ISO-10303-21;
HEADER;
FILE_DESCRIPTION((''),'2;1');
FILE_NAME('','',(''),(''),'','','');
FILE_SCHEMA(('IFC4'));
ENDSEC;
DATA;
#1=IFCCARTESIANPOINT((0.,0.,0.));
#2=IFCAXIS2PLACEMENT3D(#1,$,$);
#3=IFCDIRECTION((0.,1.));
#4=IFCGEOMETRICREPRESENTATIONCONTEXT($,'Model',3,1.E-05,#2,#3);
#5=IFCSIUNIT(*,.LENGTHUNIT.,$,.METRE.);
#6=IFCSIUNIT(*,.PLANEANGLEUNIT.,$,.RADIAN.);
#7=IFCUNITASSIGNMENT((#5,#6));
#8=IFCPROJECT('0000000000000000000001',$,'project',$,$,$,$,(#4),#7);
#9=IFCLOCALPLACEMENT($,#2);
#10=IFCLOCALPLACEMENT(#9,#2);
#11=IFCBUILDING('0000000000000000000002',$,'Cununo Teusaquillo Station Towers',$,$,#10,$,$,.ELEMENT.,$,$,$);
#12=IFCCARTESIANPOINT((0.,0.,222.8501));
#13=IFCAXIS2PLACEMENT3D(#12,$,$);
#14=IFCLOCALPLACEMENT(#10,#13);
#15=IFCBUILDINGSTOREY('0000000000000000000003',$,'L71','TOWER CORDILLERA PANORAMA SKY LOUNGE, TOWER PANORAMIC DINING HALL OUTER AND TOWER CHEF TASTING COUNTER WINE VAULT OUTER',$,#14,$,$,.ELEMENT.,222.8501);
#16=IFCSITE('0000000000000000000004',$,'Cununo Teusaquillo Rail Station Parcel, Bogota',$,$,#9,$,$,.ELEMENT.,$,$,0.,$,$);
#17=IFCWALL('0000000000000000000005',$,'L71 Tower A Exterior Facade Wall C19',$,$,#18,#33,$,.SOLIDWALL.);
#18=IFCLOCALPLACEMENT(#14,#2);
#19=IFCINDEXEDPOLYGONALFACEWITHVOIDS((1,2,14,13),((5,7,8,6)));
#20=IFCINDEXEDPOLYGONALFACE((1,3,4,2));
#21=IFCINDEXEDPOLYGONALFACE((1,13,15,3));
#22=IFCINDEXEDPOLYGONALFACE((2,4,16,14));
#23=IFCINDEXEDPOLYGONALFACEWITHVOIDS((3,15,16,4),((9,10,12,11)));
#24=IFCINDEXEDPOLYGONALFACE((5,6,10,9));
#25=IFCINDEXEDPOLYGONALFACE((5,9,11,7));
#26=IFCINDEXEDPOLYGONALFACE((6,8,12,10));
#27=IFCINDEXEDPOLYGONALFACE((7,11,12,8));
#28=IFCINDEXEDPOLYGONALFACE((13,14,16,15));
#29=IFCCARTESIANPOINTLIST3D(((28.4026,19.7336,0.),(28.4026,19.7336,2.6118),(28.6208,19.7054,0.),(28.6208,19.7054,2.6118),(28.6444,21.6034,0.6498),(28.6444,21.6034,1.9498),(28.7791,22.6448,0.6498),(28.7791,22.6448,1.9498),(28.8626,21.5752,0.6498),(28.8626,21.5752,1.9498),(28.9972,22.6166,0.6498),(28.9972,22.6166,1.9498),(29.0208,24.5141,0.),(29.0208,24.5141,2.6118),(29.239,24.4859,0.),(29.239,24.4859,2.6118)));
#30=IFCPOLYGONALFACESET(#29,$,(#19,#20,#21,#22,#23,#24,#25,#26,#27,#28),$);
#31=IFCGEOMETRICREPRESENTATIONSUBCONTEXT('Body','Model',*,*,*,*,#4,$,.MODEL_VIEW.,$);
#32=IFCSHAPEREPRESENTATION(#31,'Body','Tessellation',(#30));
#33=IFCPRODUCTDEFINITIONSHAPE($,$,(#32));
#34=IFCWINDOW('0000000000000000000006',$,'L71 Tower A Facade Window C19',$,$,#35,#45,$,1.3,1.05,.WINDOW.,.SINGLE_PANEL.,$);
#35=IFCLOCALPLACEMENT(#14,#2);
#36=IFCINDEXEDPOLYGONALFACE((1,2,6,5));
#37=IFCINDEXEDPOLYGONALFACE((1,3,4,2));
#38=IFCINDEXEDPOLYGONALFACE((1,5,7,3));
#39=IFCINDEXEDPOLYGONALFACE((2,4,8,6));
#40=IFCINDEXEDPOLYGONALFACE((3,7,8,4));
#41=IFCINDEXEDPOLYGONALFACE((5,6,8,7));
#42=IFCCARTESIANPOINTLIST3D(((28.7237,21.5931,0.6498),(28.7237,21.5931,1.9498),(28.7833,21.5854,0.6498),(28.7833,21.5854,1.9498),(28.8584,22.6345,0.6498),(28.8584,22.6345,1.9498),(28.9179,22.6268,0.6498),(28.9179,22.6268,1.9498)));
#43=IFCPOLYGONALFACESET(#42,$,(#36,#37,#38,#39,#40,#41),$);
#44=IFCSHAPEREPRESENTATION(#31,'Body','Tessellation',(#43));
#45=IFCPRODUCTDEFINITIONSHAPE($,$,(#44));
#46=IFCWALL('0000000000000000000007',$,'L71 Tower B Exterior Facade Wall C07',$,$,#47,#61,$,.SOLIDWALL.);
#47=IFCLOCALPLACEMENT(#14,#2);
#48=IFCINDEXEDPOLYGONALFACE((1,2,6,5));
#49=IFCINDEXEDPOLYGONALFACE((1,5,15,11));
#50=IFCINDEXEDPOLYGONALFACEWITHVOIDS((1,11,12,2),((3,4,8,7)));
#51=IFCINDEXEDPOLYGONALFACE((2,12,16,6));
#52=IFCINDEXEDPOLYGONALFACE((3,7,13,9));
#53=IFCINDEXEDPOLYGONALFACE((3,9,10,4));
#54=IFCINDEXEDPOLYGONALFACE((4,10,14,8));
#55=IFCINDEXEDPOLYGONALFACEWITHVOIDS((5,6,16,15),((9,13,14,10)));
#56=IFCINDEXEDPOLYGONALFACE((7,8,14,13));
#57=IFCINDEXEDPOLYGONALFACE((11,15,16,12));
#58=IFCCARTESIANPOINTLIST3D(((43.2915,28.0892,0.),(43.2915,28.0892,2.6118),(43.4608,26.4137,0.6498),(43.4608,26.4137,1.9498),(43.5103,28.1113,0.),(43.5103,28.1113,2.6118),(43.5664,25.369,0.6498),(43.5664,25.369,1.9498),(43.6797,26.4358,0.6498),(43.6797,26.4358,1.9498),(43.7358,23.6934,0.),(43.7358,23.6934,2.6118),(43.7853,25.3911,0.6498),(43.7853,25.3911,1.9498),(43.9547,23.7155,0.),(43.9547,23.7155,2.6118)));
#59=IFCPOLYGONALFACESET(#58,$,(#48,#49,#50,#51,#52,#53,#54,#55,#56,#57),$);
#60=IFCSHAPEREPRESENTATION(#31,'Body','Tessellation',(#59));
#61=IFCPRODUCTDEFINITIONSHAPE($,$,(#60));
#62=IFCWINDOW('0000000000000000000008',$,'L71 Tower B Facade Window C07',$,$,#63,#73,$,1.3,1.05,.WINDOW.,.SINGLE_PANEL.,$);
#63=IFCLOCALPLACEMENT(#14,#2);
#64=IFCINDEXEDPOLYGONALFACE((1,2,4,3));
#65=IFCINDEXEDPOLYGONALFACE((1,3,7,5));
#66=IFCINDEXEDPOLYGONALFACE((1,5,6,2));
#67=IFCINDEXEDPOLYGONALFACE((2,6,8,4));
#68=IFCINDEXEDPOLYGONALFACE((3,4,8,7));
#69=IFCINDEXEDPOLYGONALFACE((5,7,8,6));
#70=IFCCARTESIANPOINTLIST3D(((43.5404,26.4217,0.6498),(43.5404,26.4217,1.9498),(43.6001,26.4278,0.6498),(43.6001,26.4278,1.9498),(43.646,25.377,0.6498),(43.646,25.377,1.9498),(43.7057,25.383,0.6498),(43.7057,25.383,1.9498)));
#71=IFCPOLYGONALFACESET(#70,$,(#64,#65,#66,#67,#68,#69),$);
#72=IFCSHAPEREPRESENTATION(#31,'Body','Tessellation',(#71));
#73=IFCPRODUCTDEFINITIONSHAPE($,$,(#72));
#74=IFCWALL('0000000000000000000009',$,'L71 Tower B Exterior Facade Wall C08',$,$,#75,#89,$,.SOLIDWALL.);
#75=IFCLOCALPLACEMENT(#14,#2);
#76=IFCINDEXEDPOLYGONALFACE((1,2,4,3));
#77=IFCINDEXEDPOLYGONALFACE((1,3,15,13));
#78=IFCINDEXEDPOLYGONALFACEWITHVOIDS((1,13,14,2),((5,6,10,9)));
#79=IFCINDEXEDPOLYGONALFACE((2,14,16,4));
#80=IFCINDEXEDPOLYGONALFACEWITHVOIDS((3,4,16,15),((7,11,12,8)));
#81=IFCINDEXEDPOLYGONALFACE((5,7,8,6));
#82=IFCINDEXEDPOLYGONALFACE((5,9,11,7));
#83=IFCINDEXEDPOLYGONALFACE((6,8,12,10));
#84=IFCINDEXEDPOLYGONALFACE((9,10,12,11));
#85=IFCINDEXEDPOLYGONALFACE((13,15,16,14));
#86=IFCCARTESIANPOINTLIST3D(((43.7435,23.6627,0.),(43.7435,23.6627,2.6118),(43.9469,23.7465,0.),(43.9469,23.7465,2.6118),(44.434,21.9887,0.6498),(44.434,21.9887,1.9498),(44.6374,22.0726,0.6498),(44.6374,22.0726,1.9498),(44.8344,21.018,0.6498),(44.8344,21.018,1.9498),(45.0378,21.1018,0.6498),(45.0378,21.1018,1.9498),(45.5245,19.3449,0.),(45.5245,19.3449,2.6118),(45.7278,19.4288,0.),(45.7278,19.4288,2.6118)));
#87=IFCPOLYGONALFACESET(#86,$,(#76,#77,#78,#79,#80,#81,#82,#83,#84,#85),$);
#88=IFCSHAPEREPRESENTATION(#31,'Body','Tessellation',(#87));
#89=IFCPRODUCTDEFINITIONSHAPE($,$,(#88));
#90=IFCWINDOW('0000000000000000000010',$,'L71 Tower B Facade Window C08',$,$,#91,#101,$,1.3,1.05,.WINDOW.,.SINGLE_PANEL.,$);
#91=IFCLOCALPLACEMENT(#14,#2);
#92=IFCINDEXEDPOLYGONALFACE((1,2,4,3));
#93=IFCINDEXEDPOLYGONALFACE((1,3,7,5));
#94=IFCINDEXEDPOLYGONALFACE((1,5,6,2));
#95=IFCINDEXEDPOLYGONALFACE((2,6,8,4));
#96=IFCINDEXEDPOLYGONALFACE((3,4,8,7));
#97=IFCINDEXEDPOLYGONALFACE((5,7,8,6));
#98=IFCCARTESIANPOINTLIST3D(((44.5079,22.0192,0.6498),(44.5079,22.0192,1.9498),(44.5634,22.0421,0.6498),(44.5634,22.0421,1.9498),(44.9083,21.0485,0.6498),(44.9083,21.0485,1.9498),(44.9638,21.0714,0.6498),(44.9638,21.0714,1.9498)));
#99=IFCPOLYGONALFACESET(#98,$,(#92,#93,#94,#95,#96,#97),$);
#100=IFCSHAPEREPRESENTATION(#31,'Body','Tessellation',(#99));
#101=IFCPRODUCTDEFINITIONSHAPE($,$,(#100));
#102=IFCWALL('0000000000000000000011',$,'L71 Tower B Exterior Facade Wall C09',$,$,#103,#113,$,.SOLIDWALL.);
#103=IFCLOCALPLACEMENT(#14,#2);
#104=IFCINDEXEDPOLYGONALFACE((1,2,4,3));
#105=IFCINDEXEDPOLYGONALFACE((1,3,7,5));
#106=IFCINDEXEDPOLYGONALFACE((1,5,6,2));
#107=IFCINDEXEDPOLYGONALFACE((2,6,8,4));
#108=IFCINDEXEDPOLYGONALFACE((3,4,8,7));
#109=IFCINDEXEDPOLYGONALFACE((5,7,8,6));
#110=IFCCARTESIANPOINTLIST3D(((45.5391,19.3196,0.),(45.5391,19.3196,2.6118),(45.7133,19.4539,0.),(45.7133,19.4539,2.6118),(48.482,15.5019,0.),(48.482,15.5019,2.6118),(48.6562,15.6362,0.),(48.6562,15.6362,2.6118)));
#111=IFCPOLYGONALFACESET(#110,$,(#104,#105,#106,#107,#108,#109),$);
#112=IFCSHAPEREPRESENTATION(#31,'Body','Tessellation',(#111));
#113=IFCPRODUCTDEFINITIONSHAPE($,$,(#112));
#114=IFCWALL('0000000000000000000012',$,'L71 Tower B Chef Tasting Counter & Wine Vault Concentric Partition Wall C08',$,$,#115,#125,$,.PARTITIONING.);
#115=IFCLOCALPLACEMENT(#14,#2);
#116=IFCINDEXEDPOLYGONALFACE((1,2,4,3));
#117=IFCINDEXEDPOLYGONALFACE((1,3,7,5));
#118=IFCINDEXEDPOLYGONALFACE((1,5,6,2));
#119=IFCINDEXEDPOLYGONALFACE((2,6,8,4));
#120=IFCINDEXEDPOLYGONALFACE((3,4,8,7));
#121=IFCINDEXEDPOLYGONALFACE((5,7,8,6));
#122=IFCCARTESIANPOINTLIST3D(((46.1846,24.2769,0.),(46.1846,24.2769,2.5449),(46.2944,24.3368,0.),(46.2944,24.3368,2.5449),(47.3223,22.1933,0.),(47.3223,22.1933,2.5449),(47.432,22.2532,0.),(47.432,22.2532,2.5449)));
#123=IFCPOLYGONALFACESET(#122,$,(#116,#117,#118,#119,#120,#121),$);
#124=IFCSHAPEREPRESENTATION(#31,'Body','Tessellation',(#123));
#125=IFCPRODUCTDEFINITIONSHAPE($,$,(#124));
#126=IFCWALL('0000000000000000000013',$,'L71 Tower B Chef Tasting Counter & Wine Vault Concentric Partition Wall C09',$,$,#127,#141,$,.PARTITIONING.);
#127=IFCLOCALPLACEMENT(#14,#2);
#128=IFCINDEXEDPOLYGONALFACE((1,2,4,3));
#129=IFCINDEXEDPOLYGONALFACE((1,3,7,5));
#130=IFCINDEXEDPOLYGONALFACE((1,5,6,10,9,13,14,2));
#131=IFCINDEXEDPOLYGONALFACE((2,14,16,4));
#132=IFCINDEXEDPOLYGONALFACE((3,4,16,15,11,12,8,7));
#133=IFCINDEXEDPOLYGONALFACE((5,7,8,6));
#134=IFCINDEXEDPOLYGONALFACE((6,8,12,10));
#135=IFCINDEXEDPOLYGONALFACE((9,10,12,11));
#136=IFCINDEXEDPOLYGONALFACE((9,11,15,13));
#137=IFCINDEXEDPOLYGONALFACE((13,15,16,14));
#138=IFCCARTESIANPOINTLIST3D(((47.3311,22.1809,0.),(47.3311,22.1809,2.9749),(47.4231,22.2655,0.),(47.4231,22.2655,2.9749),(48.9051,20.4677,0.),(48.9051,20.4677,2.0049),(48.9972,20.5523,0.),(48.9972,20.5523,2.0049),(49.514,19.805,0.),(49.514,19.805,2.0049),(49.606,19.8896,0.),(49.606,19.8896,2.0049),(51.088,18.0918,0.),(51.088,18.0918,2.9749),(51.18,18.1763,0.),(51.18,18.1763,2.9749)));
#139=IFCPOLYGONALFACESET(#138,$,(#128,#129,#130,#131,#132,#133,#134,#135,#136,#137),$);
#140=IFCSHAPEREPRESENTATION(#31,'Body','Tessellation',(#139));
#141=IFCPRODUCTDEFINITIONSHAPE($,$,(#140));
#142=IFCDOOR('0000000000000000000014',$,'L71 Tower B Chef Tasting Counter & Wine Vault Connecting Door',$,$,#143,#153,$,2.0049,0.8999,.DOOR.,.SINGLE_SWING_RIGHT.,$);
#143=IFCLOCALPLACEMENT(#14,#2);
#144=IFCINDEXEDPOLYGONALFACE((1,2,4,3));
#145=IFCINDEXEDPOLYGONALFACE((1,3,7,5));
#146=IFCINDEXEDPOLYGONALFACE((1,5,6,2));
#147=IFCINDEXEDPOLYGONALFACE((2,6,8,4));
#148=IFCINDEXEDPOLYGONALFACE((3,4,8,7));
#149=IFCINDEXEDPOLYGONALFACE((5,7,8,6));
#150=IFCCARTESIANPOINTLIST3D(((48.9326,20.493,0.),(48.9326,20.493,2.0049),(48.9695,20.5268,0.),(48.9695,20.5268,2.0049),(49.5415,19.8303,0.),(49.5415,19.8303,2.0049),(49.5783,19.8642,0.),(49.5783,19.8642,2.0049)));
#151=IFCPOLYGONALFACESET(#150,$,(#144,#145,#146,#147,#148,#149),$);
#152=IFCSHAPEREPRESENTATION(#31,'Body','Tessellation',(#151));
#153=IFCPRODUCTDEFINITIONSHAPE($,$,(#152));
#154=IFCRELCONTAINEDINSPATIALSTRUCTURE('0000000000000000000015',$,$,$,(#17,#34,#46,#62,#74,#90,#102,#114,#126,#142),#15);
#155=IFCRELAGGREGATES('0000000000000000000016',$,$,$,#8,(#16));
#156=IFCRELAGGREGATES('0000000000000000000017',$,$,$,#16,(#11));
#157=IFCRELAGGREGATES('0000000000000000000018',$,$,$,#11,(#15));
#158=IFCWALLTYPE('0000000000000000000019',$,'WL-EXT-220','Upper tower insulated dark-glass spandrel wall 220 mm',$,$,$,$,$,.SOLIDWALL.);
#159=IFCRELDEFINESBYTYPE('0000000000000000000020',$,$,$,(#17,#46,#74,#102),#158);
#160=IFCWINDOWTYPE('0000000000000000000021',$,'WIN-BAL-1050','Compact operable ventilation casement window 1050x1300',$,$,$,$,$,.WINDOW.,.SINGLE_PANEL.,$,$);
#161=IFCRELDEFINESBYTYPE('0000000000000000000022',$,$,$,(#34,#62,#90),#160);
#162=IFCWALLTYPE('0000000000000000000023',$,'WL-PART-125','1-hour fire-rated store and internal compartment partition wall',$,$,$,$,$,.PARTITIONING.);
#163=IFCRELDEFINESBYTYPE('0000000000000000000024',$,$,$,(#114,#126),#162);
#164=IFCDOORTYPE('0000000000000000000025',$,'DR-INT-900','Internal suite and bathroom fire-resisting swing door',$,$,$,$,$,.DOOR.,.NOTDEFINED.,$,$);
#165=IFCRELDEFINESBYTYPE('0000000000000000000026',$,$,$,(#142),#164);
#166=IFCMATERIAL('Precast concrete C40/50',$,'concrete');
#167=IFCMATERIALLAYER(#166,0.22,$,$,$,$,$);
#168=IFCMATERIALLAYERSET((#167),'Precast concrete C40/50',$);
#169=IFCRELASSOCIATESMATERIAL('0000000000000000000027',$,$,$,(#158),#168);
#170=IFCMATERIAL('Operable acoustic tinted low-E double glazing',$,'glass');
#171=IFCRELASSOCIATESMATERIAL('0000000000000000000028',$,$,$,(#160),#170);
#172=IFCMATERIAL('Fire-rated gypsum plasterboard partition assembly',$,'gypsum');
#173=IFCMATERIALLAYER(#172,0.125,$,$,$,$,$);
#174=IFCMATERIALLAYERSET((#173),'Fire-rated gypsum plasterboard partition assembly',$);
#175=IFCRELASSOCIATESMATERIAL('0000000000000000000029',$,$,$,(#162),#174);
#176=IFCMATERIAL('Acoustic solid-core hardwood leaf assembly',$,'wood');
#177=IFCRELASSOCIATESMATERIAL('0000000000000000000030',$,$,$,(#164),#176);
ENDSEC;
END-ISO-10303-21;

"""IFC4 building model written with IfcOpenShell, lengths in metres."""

from ifc_helpers import new_model, si_unit, direction, frame, frame_2d, origin, place, context, subcontext, project, spatial, rectangle, extrude, source, transform, mapped, material, layer, layer_set, type_object, element, fill, save


model = new_model("IFC4")

# Units and contexts
model_context = context("Model", 3, precision=1e-05, world=origin(), true_north=direction((0.0, 1.0)))
body_context = subcontext(model_context, "Body", "Model", "MODEL_VIEW")
ifc_project = project(units=[si_unit("LENGTHUNIT", "METRE"), si_unit("PLANEANGLEUNIT", "RADIAN")], contexts=[model_context])

# Site, building, storey
site_placement = place(None, origin())
site = spatial("IfcSite", under=ifc_project, at=site_placement, Name="Cununo Teusaquillo Rail Station Parcel, Bogota", CompositionType="ELEMENT", RefElevation=0.0)
building_placement = place(site_placement, origin())
building = spatial("IfcBuilding", under=site, at=building_placement, Name="Cununo Teusaquillo Station Towers", CompositionType="ELEMENT")
storey_placement = place(building_placement, frame((0.0, 0.0, 222.8501)))
storey = spatial("IfcBuildingStorey", under=building, at=storey_placement, Name="L71", Description="TOWER CORDILLERA PANORAMA SKY LOUNGE, TOWER PANORAMIC DINING HALL OUTER AND TOWER CHEF TASTING COUNTER WINE VAULT OUTER", CompositionType="ELEMENT", Elevation=222.8501)

# Shared definitions
ifc_material_1 = material(Name="Precast concrete C40/50", Category="concrete")
ifc_layer_1 = layer(ifc_material_1, 0.22)
ifc_layer_set_1 = layer_set([ifc_layer_1], Name="Precast concrete C40/50")
wall_type_1 = type_object("IfcWallType", Name="WL-EXT-220", Description="Upper tower insulated dark-glass spandrel wall 220 mm", PredefinedType="SOLIDWALL", material=ifc_layer_set_1)

# Walls, openings, windows
wall_1_placement = place(storey_placement, frame((29.1299, 24.5, 0.0), z_axis=(0.0, 0.0, 1.0), x_axis=(-0.128241, -0.991743, 0.0)))
wall_1 = element("IfcWall", 1, at=wall_1_placement, inside=storey, type_object=wall_type_1, Name="L71 Tower A Exterior Facade Wall C19", PredefinedType="SOLIDWALL", context=body_context, shape_type="SweptSolid", body=[
    extrude(rectangle(XDim=4.8203, YDim=0.22, at=frame_2d((2.4102, 0.0))), origin(), (0.0, 0.0, 1.0), 2.6118),
])
shared_shape_1 = source(origin(), body_context, "Body", "SweptSolid", [
    extrude(rectangle(XDim=1.05, YDim=1.3, at=frame_2d((0.5249, 0.6499))), frame((0.0, 0.1199, 0.0), z_axis=(0.0, -1.0, 0.0), x_axis=(1.0, 0.0, 0.0)), (0.0, 0.0, 1.0), 0.24),
])
opening_1_placement = place(wall_1_placement, frame((1.885, 0.0, 0.6499)))
opening_1 = element("IfcOpeningElement", 2, at=opening_1_placement, cuts=wall_1, PredefinedType="OPENING", context=body_context, shape_type="MappedRepresentation", body=[
    mapped(shared_shape_1, transform((0.0, 0.0, 0.0), x_axis=(1.0, 0.0, 0.0), y_axis=(0.0, 1.0, 0.0), z_axis=(0.0, 0.0, 1.0), scale=1.0)),
])
ifc_material_2 = material(Name="Operable acoustic tinted low-E double glazing", Category="glass")
window_type = type_object("IfcWindowType", Name="WIN-BAL-1050", Description="Compact operable ventilation casement window 1050x1300", PartitioningType="SINGLE_PANEL", PredefinedType="WINDOW", material=ifc_material_2)
shared_shape_2 = source(origin(), body_context, "Body", "SweptSolid", [
    extrude(rectangle(XDim=1.05, YDim=1.3, at=frame_2d((0.5249, 0.6499))), frame((0.0, 0.03, 0.0), z_axis=(0.0, -1.0, 0.0), x_axis=(1.0, 0.0, 0.0)), (0.0, 0.0, 1.0), 0.0601),
])
window_1_placement = place(opening_1_placement, origin())
window_1 = element("IfcWindow", 3, at=window_1_placement, inside=storey, type_object=window_type, Name="L71 Tower A Facade Window C19", OverallHeight=1.3, OverallWidth=1.05, PartitioningType="SINGLE_PANEL", PredefinedType="WINDOW", context=body_context, shape_type="MappedRepresentation", body=[
    mapped(shared_shape_2, transform((0.0, 0.0, 0.0), x_axis=(1.0, 0.0, 0.0), y_axis=(0.0, 1.0, 0.0), z_axis=(0.0, 0.0, 1.0), scale=1.0)),
])
fill(opening_1, window_1)
wall_2_placement = place(storey_placement, frame((43.8452, 23.7046, 0.0), z_axis=(0.0, 0.0, 1.0), x_axis=(-0.100571, 0.99493, 0.0)))
wall_2 = element("IfcWall", 4, at=wall_2_placement, inside=storey, type_object=wall_type_1, Name="L71 Tower B Exterior Facade Wall C07", PredefinedType="SOLIDWALL", context=body_context, shape_type="SweptSolid", body=[
    extrude(rectangle(XDim=4.4182, YDim=0.22, at=frame_2d((2.209, 0.0))), origin(), (0.0, 0.0, 1.0), 2.6118),
])
opening_2_placement = place(wall_2_placement, frame((1.6841, 0.0, 0.6499)))
opening_2 = element("IfcOpeningElement", 5, at=opening_2_placement, cuts=wall_2, PredefinedType="OPENING", context=body_context, shape_type="MappedRepresentation", body=[
    mapped(shared_shape_1, transform((0.0, 0.0, 0.0), x_axis=(1.0, 0.0, 0.0), y_axis=(0.0, 1.0, 0.0), z_axis=(0.0, 0.0, 1.0), scale=1.0)),
])
window_2_placement = place(opening_2_placement, origin())
window_2 = element("IfcWindow", 6, at=window_2_placement, inside=storey, type_object=window_type, Name="L71 Tower B Facade Window C07", OverallHeight=1.3, OverallWidth=1.05, PartitioningType="SINGLE_PANEL", PredefinedType="WINDOW", context=body_context, shape_type="MappedRepresentation", body=[
    mapped(shared_shape_2, transform((0.0, 0.0, 0.0), x_axis=(1.0, 0.0, 0.0), y_axis=(0.0, 1.0, 0.0), z_axis=(0.0, 0.0, 1.0), scale=1.0)),
])
fill(opening_2, window_2)
wall_3_placement = place(storey_placement, frame((45.6262, 19.3867, 0.0), z_axis=(0.0, 0.0, 1.0), x_axis=(-0.38131, 0.924447, 0.0)))
wall_3 = element("IfcWall", 7, at=wall_3_placement, inside=storey, type_object=wall_type_1, Name="L71 Tower B Exterior Facade Wall C08", PredefinedType="SOLIDWALL", context=body_context, shape_type="SweptSolid", body=[
    extrude(rectangle(XDim=4.6707, YDim=0.22, at=frame_2d((2.3354, 0.0))), origin(), (0.0, 0.0, 1.0), 2.6118),
])
opening_3_placement = place(wall_3_placement, frame((1.8101, 0.0, 0.6499)))
opening_3 = element("IfcOpeningElement", 8, at=opening_3_placement, cuts=wall_3, PredefinedType="OPENING", context=body_context, shape_type="MappedRepresentation", body=[
    mapped(shared_shape_1, transform((0.0, 0.0, 0.0), x_axis=(1.0, 0.0, 0.0), y_axis=(0.0, 1.0, 0.0), z_axis=(0.0, 0.0, 1.0), scale=1.0)),
])
window_3_placement = place(opening_3_placement, origin())
window_3 = element("IfcWindow", 9, at=window_3_placement, inside=storey, type_object=window_type, Name="L71 Tower B Facade Window C08", OverallHeight=1.3, OverallWidth=1.05, PartitioningType="SINGLE_PANEL", PredefinedType="WINDOW", context=body_context, shape_type="MappedRepresentation", body=[
    mapped(shared_shape_2, transform((0.0, 0.0, 0.0), x_axis=(1.0, 0.0, 0.0), y_axis=(0.0, 1.0, 0.0), z_axis=(0.0, 0.0, 1.0), scale=1.0)),
])
fill(opening_3, window_3)

# Walls
wall_4_placement = place(storey_placement, frame((48.5691, 15.5691, 0.0), z_axis=(0.0, 0.0, 1.0), x_axis=(-0.610523, 0.791998, 0.0)))
element("IfcWall", 10, at=wall_4_placement, inside=storey, type_object=wall_type_1, Name="L71 Tower B Exterior Facade Wall C09", PredefinedType="SOLIDWALL", context=body_context, shape_type="SweptSolid", body=[
    extrude(rectangle(XDim=4.8203, YDim=0.22, at=frame_2d((2.4102, 0.0))), origin(), (0.0, 0.0, 1.0), 2.6118),
])
ifc_material_3 = material(Name="Fire-rated gypsum plasterboard partition assembly", Category="gypsum")
ifc_layer_2 = layer(ifc_material_3, 0.125)
ifc_layer_set_2 = layer_set([ifc_layer_2], Name="Fire-rated gypsum plasterboard partition assembly")
wall_type_2 = type_object("IfcWallType", Name="WL-PART-125", Description="1-hour fire-rated store and internal compartment partition wall", PredefinedType="PARTITIONING", material=ifc_layer_set_2)
wall_5_placement = place(storey_placement, frame((46.2395, 24.3069, 0.0), z_axis=(0.0, 0.0, 1.0), x_axis=(0.479212, -0.877699, 0.0)))
element("IfcWall", 11, at=wall_5_placement, inside=storey, type_object=wall_type_2, Name="L71 Tower B Chef Tasting Counter & Wine Vault Concentric Partition Wall C08", PredefinedType="PARTITIONING", context=body_context, shape_type="SweptSolid", body=[
    extrude(rectangle(XDim=2.374, YDim=0.125, at=frame_2d((1.187, 0.0))), origin(), (0.0, 0.0, 1.0), 2.5449),
])

# Wall, opening, door
wall_6_placement = place(storey_placement, frame((47.3772, 22.2231, 0.0), z_axis=(0.0, 0.0, 1.0), x_axis=(0.676554, -0.736393, 0.0)))
wall_6 = element("IfcWall", 12, at=wall_6_placement, inside=storey, type_object=wall_type_2, Name="L71 Tower B Chef Tasting Counter & Wine Vault Concentric Partition Wall C09", PredefinedType="PARTITIONING", context=body_context, shape_type="SweptSolid", body=[
    extrude(rectangle(XDim=5.553, YDim=0.125, at=frame_2d((2.7764, 0.0))), origin(), (0.0, 0.0, 1.0), 2.9749),
])
shared_shape_3 = source(origin(), body_context, "Body", "SweptSolid", [
    extrude(rectangle(XDim=0.8999, YDim=2.0049, at=frame_2d((0.45, 1.0024))), frame((0.0, 0.0725, 0.0), z_axis=(0.0, -1.0, 0.0), x_axis=(1.0, 0.0, 0.0)), (0.0, 0.0, 1.0), 0.145),
])
opening_4_placement = place(wall_6_placement, frame((2.3264, 0.0, 0.0)))
opening_4 = element("IfcOpeningElement", 13, at=opening_4_placement, cuts=wall_6, PredefinedType="OPENING", context=body_context, shape_type="MappedRepresentation", body=[
    mapped(shared_shape_3, transform((0.0, 0.0, 0.0), x_axis=(1.0, 0.0, 0.0), y_axis=(0.0, 1.0, 0.0), z_axis=(0.0, 0.0, 1.0), scale=1.0)),
])
ifc_material_4 = material(Name="Acoustic solid-core hardwood leaf assembly", Category="wood")
door_type_1 = type_object("IfcDoorType", Name="DR-INT-900", Description="Internal suite and bathroom fire-resisting swing door", OperationType="NOTDEFINED", PredefinedType="DOOR", material=ifc_material_4)
shared_shape_4 = source(origin(), body_context, "Body", "SweptSolid", [
    extrude(rectangle(XDim=0.8999, YDim=2.0049, at=frame_2d((0.45, 1.0024))), frame((0.0, 0.0249, 0.0), z_axis=(0.0, -1.0, 0.0), x_axis=(1.0, 0.0, 0.0)), (0.0, 0.0, 1.0), 0.05),
])
door_1_placement = place(opening_4_placement, origin())
door_1 = element("IfcDoor", 14, at=door_1_placement, inside=storey, type_object=door_type_1, Name="L71 Tower B Chef Tasting Counter & Wine Vault Connecting Door", OperationType="SINGLE_SWING_RIGHT", OverallHeight=2.0049, OverallWidth=0.8999, PredefinedType="DOOR", context=body_context, shape_type="MappedRepresentation", body=[
    mapped(shared_shape_4, transform((0.0, 0.0, 0.0), x_axis=(1.0, 0.0, 0.0), y_axis=(0.0, 1.0, 0.0), z_axis=(0.0, 0.0, 1.0), scale=1.0)),
])
fill(opening_4, door_1)

save(model, "model.ifc")
